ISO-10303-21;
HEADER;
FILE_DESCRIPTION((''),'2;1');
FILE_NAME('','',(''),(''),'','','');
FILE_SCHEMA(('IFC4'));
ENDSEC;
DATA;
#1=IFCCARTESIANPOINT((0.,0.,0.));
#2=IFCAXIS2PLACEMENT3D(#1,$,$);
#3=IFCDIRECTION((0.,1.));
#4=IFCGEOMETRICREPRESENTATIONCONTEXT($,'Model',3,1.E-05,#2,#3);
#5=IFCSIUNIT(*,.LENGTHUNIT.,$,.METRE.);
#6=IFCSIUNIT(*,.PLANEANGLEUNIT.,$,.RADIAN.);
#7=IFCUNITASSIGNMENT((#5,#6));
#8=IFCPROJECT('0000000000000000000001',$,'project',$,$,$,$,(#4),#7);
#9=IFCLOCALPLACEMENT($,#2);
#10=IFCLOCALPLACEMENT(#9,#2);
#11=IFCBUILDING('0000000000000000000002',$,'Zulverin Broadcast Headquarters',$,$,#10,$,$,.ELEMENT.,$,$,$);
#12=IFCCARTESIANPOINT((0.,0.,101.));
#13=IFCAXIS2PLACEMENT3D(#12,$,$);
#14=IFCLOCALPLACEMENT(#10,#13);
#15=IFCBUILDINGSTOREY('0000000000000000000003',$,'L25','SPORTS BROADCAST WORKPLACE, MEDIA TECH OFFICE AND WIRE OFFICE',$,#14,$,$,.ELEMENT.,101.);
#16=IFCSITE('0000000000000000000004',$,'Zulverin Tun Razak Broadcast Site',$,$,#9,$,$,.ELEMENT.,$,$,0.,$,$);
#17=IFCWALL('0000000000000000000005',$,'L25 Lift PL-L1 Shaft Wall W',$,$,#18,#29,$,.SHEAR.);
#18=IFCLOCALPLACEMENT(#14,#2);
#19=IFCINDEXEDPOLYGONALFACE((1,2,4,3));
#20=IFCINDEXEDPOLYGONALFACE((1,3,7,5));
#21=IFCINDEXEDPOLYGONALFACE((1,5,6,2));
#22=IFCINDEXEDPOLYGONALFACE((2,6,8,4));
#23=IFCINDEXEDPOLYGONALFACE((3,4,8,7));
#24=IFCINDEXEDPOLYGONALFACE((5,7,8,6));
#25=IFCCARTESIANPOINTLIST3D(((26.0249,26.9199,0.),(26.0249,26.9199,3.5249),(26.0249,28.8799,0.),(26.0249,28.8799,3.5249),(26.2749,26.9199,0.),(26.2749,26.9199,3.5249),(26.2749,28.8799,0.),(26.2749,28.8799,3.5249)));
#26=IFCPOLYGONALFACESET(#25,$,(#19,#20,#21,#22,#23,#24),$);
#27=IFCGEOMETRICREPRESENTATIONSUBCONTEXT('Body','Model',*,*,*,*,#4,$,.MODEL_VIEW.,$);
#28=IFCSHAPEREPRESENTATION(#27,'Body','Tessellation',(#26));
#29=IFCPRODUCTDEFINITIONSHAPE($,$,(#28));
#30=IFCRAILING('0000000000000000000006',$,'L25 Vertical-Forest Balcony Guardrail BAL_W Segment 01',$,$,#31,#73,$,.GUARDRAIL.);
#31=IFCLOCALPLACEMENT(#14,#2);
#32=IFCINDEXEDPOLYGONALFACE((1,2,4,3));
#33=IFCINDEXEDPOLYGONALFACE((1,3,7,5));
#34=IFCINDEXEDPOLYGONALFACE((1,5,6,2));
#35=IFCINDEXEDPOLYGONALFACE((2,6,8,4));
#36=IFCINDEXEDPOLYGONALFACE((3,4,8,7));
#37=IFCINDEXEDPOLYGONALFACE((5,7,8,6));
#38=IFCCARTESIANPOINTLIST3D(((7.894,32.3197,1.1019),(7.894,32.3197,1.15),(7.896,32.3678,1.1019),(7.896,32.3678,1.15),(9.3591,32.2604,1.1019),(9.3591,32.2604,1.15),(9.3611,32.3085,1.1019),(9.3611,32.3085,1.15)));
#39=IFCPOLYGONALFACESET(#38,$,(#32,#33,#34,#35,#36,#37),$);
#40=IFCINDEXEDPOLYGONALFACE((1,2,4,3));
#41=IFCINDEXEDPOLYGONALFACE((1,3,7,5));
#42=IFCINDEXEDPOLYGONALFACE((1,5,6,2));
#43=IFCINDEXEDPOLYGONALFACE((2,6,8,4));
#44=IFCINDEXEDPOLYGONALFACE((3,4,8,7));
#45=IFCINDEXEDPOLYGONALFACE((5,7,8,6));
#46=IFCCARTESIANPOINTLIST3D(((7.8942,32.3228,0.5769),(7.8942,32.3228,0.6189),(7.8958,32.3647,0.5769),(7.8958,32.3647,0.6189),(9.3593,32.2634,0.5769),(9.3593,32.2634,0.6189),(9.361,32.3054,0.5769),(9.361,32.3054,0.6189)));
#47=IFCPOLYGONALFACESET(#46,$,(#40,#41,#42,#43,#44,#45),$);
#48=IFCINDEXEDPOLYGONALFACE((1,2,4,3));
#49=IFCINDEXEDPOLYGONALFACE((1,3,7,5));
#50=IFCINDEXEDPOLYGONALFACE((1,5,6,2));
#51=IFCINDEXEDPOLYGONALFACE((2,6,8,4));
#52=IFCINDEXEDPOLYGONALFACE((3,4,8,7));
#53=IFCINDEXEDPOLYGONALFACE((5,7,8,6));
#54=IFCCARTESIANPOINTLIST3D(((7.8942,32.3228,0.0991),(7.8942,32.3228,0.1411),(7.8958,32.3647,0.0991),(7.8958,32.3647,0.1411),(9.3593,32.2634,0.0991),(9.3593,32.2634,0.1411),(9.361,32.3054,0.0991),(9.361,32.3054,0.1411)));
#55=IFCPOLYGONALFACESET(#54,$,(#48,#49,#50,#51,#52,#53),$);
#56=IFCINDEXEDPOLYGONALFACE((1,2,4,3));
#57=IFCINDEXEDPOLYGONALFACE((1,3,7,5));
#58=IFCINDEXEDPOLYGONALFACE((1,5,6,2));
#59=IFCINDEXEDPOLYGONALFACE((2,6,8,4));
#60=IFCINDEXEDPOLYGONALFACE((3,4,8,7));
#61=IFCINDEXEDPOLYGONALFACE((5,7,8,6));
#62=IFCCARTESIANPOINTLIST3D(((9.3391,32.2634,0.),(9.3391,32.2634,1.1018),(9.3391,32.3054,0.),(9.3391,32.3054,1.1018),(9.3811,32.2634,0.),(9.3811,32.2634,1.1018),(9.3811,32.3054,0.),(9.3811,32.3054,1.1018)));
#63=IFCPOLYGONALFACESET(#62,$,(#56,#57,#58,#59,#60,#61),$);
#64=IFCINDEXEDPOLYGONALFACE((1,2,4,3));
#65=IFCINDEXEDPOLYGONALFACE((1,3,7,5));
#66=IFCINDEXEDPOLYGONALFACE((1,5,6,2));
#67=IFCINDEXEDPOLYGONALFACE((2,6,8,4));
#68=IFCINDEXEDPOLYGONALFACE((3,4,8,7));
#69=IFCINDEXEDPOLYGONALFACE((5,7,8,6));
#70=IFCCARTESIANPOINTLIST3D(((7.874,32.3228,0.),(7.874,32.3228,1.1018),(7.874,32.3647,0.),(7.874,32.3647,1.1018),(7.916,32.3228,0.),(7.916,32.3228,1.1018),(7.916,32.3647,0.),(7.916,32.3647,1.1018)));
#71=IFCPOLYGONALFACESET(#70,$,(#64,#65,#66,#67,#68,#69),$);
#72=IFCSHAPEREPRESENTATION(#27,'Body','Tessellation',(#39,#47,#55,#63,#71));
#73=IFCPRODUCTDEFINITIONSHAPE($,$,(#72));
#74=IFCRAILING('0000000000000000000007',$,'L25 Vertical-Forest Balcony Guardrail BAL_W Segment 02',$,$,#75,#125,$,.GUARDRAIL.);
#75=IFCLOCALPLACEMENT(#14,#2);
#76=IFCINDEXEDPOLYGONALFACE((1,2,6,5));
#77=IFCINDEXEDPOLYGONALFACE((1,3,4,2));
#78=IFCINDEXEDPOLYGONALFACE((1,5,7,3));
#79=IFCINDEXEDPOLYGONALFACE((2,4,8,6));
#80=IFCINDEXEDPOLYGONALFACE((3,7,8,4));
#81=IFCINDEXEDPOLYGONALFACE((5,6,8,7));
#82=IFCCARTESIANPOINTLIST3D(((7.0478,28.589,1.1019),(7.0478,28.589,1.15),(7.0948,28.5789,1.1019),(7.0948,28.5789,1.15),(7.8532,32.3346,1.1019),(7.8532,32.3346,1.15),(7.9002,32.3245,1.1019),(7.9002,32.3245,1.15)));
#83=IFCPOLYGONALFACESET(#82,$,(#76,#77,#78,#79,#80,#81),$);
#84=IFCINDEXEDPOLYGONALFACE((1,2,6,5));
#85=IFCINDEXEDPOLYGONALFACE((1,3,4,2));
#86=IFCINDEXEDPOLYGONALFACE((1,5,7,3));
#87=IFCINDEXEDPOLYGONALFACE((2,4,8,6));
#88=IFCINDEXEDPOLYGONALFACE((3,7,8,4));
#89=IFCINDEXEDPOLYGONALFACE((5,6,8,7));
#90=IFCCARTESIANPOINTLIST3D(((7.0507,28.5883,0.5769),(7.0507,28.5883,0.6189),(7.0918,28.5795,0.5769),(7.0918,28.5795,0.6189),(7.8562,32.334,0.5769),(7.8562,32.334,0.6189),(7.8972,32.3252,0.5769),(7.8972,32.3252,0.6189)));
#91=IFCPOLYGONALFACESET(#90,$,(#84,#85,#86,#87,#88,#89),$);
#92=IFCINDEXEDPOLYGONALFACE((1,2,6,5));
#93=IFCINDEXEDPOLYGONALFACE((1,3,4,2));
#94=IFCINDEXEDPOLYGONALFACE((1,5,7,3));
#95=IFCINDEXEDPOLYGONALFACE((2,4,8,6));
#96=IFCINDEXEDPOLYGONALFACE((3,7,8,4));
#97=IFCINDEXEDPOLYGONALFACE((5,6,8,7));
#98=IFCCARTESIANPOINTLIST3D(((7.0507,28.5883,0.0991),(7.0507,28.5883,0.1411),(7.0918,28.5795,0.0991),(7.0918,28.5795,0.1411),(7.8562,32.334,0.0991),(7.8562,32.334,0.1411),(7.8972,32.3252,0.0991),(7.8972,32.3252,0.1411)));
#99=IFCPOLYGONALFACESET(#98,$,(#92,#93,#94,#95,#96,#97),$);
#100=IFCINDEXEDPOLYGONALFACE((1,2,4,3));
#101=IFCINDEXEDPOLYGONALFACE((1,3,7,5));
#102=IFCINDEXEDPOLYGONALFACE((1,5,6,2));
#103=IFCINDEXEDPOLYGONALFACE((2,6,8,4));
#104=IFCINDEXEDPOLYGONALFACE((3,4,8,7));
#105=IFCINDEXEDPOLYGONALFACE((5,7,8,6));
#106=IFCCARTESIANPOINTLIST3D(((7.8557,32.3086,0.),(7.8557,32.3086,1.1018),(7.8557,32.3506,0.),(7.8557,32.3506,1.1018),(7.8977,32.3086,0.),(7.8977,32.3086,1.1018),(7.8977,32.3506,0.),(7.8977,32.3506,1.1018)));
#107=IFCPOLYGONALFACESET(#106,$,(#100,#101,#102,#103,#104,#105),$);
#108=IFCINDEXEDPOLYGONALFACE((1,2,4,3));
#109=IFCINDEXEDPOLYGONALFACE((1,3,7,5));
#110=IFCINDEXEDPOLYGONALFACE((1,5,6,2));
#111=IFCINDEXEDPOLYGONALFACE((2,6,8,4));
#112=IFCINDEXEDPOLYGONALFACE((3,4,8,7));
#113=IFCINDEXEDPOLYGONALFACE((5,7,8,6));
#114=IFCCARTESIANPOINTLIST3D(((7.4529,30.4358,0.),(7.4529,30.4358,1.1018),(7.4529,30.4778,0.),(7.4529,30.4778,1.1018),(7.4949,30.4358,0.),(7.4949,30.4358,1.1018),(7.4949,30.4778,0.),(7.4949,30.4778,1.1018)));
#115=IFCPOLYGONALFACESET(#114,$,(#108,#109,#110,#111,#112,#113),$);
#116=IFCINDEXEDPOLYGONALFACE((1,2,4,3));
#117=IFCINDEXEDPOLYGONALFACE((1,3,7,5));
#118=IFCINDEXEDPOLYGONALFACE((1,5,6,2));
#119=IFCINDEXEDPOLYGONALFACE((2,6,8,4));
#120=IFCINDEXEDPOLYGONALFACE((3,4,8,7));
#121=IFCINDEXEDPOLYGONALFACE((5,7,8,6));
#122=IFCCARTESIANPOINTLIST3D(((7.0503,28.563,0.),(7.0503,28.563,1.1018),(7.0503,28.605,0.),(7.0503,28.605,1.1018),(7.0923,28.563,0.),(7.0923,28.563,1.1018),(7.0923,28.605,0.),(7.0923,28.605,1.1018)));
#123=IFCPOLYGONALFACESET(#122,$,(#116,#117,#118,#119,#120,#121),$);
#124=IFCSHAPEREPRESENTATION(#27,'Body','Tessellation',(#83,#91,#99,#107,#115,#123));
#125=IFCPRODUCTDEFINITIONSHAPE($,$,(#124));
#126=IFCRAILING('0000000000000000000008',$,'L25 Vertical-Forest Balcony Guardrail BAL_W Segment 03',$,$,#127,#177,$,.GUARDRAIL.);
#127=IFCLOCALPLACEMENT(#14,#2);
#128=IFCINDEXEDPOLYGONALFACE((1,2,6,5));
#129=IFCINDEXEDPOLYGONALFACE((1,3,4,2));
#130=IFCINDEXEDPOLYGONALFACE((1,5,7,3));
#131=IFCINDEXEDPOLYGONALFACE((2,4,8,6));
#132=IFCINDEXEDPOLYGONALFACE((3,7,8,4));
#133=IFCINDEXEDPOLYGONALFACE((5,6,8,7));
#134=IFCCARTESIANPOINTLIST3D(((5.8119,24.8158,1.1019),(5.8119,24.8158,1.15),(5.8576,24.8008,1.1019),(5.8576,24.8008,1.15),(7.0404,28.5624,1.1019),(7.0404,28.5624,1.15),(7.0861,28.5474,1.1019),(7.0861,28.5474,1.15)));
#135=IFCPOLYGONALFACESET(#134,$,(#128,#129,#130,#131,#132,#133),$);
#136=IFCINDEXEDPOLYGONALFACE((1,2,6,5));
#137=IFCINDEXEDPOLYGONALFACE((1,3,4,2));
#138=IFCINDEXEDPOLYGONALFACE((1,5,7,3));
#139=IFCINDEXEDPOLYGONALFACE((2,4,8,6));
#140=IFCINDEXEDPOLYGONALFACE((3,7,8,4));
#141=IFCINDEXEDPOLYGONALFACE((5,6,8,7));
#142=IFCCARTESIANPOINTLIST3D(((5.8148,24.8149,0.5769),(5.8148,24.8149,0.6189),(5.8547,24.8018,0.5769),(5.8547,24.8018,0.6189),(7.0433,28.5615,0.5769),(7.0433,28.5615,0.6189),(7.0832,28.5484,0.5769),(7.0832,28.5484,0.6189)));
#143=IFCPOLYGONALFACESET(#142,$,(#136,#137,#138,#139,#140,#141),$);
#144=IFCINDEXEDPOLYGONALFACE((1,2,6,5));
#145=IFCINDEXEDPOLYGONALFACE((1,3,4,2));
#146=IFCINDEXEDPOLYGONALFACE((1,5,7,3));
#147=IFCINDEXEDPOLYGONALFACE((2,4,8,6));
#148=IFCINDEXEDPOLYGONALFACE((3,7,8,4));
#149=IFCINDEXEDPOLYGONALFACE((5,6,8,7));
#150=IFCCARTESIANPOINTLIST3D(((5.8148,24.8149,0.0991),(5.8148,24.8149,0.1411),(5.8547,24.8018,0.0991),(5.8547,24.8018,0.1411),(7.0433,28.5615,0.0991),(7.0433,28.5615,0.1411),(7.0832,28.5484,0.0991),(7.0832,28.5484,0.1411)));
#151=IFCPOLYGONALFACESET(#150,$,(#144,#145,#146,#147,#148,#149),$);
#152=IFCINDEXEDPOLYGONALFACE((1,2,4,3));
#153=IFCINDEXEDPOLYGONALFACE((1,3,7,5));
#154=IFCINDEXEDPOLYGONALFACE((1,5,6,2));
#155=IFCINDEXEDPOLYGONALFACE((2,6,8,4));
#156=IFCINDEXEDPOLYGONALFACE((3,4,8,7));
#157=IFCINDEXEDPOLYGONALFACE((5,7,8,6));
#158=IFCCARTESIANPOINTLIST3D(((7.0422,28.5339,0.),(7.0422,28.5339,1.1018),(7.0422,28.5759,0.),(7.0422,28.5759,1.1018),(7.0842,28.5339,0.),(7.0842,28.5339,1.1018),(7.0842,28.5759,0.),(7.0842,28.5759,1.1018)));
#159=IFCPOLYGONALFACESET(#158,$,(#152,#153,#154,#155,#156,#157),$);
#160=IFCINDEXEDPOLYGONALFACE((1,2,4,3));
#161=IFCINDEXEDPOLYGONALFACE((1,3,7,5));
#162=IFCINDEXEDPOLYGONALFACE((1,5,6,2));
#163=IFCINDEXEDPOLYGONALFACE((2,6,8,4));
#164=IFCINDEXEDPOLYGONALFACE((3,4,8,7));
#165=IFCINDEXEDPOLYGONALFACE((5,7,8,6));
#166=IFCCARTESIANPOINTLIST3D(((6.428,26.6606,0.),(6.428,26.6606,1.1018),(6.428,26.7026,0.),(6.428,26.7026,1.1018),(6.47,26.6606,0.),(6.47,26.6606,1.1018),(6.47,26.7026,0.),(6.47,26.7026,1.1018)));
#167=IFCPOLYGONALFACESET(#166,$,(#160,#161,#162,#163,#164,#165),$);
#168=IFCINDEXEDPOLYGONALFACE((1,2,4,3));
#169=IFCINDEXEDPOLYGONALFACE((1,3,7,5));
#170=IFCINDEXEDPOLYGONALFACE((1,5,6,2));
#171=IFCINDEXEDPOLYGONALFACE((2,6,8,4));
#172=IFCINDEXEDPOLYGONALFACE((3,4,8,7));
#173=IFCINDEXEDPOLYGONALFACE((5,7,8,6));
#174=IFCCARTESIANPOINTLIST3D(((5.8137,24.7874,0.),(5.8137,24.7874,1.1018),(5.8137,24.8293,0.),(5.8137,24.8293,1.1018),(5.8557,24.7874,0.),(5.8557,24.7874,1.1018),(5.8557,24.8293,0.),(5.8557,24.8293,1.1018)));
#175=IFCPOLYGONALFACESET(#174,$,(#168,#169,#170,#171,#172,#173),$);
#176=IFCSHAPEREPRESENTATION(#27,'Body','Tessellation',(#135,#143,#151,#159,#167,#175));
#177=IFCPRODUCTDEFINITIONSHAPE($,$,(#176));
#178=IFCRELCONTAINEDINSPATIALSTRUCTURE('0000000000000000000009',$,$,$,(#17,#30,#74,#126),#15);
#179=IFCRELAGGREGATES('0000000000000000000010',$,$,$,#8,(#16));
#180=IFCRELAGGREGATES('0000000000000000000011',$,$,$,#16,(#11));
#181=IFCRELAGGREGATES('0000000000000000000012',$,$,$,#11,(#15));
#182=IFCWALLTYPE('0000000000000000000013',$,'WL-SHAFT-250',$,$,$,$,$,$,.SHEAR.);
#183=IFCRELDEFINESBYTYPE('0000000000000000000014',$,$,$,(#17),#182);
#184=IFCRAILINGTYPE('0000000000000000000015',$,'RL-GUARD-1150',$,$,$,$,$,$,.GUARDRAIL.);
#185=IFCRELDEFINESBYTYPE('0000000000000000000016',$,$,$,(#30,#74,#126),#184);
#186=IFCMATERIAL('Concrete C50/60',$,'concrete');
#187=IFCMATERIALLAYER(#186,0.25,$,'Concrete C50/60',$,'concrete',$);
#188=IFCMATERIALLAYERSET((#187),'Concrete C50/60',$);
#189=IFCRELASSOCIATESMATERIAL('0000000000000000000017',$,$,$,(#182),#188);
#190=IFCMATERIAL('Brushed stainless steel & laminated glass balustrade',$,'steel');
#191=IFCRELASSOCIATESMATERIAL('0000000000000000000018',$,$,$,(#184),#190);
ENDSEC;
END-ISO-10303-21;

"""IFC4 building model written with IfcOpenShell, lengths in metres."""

from ifc_helpers import new_model, si_unit, direction, frame, frame_2d, origin, origin_2d, place, context, subcontext, project, spatial, rectangle, extrude, material, layer, layer_set, type_object, element, save


model = new_model("IFC4")

# Units and contexts
model_context = context("Model", 3, precision=1e-05, world=origin(), true_north=direction((0.0, 1.0)))
body_context = subcontext(model_context, "Body", "Model", "MODEL_VIEW")
ifc_project = project(units=[si_unit("LENGTHUNIT", "METRE"), si_unit("PLANEANGLEUNIT", "RADIAN")], contexts=[model_context])

# Site, building, storey
site_placement = place(None, origin())
site = spatial("IfcSite", under=ifc_project, at=site_placement, Name="Zulverin Tun Razak Broadcast Site", CompositionType="ELEMENT", RefElevation=0.0)
building_placement = place(site_placement, origin())
building = spatial("IfcBuilding", under=site, at=building_placement, Name="Zulverin Broadcast Headquarters", CompositionType="ELEMENT")
storey_placement = place(building_placement, frame((0.0, 0.0, 101.0)))
storey = spatial("IfcBuildingStorey", under=building, at=storey_placement, Name="L25", Description="SPORTS BROADCAST WORKPLACE, MEDIA TECH OFFICE AND WIRE OFFICE", CompositionType="ELEMENT", Elevation=101.0)

# Shared definitions
ifc_material_1 = material(Name="Concrete C50/60", Category="concrete")
ifc_layer_1 = layer(ifc_material_1, 0.25, Name="Concrete C50/60", Category="concrete")
ifc_layer_set_1 = layer_set([ifc_layer_1], Name="Concrete C50/60")
wall_type_1 = type_object("IfcWallType", Name="WL-SHAFT-250", PredefinedType="SHEAR", material=ifc_layer_set_1)

# Wall
wall_1_placement = place(storey_placement, frame((26.1499, 26.9199, 0.0), z_axis=(0.0, 0.0, 1.0), x_axis=(0.0, 1.0, 0.0)))
element("IfcWall", 1, at=wall_1_placement, inside=storey, type_object=wall_type_1, Name="L25 Lift PL-L1 Shaft Wall W", PredefinedType="SHEAR", context=body_context, shape_type="SweptSolid", body=[
    extrude(rectangle(XDim=1.96, YDim=0.25, at=frame_2d((0.98, 0.0))), origin(), (0.0, 0.0, 1.0), 3.5249),
])

# Railings
ifc_material_2 = material(Name="Brushed stainless steel & laminated glass balustrade", Category="steel")
railing_type = type_object("IfcRailingType", Name="RL-GUARD-1150", PredefinedType="GUARDRAIL", material=ifc_material_2)
railing_1_placement = place(storey_placement, frame((9.3601, 32.2844, 0.0)))
element("IfcRailing", 2, at=railing_1_placement, inside=storey, type_object=railing_type, Name="L25 Vertical-Forest Balcony Guardrail BAL_W Segment 01", PredefinedType="GUARDRAIL", context=body_context, shape_type="SweptSolid", body=[
    extrude(rectangle(XDim=0.0481, YDim=0.0481, at=origin_2d()), frame((0.0, 0.0, 1.126), z_axis=(-0.999181, 0.04046, 0.0), x_axis=(-0.04046, -0.999181, 0.0)), (0.0, 0.0, 1.0), 1.4663),
    extrude(rectangle(XDim=0.042, YDim=0.042, at=origin_2d()), frame((0.0, 0.0, 0.5979), z_axis=(-0.999181, 0.04046, 0.0), x_axis=(-0.04046, -0.999181, 0.0)), (0.0, 0.0, 1.0), 1.4663),
    extrude(rectangle(XDim=0.042, YDim=0.042, at=origin_2d()), frame((0.0, 0.0, 0.1201), z_axis=(-0.999181, 0.04046, 0.0), x_axis=(-0.04046, -0.999181, 0.0)), (0.0, 0.0, 1.0), 1.4663),
    extrude(rectangle(XDim=0.042, YDim=0.042, at=origin_2d()), origin(), (0.0, 0.0, 1.0), 1.1018),
    extrude(rectangle(XDim=0.042, YDim=0.042, at=origin_2d()), frame((-1.4651, 0.0593, 0.0)), (0.0, 0.0, 1.0), 1.1018),
])
railing_2_placement = place(storey_placement, frame((7.8767, 32.3296, 0.0)))
element("IfcRailing", 3, at=railing_2_placement, inside=storey, type_object=railing_type, Name="L25 Vertical-Forest Balcony Guardrail BAL_W Segment 02", PredefinedType="GUARDRAIL", context=body_context, shape_type="SweptSolid", body=[
    extrude(rectangle(XDim=0.0481, YDim=0.0481, at=origin_2d()), frame((0.0, 0.0, 1.126), z_axis=(-0.210225, -0.977653, 0.0), x_axis=(0.977653, -0.210225, 0.0)), (0.0, 0.0, 1.0), 3.8313),
    extrude(rectangle(XDim=0.042, YDim=0.042, at=origin_2d()), frame((0.0, 0.0, 0.5979), z_axis=(-0.210225, -0.977653, 0.0), x_axis=(0.977653, -0.210225, 0.0)), (0.0, 0.0, 1.0), 3.8313),
    extrude(rectangle(XDim=0.042, YDim=0.042, at=origin_2d()), frame((0.0, 0.0, 0.1201), z_axis=(-0.210225, -0.977653, 0.0), x_axis=(0.977653, -0.210225, 0.0)), (0.0, 0.0, 1.0), 3.8313),
    extrude(rectangle(XDim=0.042, YDim=0.042, at=origin_2d()), origin(), (0.0, 0.0, 1.0), 1.1018),
    extrude(rectangle(XDim=0.042, YDim=0.042, at=origin_2d()), frame((-0.4028, -1.8728, 0.0)), (0.0, 0.0, 1.0), 1.1018),
    extrude(rectangle(XDim=0.042, YDim=0.042, at=origin_2d()), frame((-0.8054, -3.7456, 0.0)), (0.0, 0.0, 1.0), 1.1018),
])
railing_3_placement = place(storey_placement, frame((7.0632, 28.5549, 0.0)))
element("IfcRailing", 4, at=railing_3_placement, inside=storey, type_object=railing_type, Name="L25 Vertical-Forest Balcony Guardrail BAL_W Segment 03", PredefinedType="GUARDRAIL", context=body_context, shape_type="SweptSolid", body=[
    extrude(rectangle(XDim=0.0481, YDim=0.0481, at=origin_2d()), frame((0.0, 0.0, 1.126), z_axis=(-0.31158, -0.95022, 0.0), x_axis=(0.95022, -0.31158, 0.0)), (0.0, 0.0, 1.0), 3.9429),
    extrude(rectangle(XDim=0.042, YDim=0.042, at=origin_2d()), frame((0.0, 0.0, 0.5979), z_axis=(-0.31158, -0.95022, 0.0), x_axis=(0.95022, -0.31158, 0.0)), (0.0, 0.0, 1.0), 3.9429),
    extrude(rectangle(XDim=0.042, YDim=0.042, at=origin_2d()), frame((0.0, 0.0, 0.1201), z_axis=(-0.31158, -0.95022, 0.0), x_axis=(0.95022, -0.31158, 0.0)), (0.0, 0.0, 1.0), 3.9429),
    extrude(rectangle(XDim=0.042, YDim=0.042, at=origin_2d()), origin(), (0.0, 0.0, 1.0), 1.1018),
    extrude(rectangle(XDim=0.042, YDim=0.042, at=origin_2d()), frame((-0.6143, -1.8733, 0.0)), (0.0, 0.0, 1.0), 1.1018),
    extrude(rectangle(XDim=0.042, YDim=0.042, at=origin_2d()), frame((-1.2285, -3.7466, 0.0)), (0.0, 0.0, 1.0), 1.1018),
])

save(model, "model.ifc")
